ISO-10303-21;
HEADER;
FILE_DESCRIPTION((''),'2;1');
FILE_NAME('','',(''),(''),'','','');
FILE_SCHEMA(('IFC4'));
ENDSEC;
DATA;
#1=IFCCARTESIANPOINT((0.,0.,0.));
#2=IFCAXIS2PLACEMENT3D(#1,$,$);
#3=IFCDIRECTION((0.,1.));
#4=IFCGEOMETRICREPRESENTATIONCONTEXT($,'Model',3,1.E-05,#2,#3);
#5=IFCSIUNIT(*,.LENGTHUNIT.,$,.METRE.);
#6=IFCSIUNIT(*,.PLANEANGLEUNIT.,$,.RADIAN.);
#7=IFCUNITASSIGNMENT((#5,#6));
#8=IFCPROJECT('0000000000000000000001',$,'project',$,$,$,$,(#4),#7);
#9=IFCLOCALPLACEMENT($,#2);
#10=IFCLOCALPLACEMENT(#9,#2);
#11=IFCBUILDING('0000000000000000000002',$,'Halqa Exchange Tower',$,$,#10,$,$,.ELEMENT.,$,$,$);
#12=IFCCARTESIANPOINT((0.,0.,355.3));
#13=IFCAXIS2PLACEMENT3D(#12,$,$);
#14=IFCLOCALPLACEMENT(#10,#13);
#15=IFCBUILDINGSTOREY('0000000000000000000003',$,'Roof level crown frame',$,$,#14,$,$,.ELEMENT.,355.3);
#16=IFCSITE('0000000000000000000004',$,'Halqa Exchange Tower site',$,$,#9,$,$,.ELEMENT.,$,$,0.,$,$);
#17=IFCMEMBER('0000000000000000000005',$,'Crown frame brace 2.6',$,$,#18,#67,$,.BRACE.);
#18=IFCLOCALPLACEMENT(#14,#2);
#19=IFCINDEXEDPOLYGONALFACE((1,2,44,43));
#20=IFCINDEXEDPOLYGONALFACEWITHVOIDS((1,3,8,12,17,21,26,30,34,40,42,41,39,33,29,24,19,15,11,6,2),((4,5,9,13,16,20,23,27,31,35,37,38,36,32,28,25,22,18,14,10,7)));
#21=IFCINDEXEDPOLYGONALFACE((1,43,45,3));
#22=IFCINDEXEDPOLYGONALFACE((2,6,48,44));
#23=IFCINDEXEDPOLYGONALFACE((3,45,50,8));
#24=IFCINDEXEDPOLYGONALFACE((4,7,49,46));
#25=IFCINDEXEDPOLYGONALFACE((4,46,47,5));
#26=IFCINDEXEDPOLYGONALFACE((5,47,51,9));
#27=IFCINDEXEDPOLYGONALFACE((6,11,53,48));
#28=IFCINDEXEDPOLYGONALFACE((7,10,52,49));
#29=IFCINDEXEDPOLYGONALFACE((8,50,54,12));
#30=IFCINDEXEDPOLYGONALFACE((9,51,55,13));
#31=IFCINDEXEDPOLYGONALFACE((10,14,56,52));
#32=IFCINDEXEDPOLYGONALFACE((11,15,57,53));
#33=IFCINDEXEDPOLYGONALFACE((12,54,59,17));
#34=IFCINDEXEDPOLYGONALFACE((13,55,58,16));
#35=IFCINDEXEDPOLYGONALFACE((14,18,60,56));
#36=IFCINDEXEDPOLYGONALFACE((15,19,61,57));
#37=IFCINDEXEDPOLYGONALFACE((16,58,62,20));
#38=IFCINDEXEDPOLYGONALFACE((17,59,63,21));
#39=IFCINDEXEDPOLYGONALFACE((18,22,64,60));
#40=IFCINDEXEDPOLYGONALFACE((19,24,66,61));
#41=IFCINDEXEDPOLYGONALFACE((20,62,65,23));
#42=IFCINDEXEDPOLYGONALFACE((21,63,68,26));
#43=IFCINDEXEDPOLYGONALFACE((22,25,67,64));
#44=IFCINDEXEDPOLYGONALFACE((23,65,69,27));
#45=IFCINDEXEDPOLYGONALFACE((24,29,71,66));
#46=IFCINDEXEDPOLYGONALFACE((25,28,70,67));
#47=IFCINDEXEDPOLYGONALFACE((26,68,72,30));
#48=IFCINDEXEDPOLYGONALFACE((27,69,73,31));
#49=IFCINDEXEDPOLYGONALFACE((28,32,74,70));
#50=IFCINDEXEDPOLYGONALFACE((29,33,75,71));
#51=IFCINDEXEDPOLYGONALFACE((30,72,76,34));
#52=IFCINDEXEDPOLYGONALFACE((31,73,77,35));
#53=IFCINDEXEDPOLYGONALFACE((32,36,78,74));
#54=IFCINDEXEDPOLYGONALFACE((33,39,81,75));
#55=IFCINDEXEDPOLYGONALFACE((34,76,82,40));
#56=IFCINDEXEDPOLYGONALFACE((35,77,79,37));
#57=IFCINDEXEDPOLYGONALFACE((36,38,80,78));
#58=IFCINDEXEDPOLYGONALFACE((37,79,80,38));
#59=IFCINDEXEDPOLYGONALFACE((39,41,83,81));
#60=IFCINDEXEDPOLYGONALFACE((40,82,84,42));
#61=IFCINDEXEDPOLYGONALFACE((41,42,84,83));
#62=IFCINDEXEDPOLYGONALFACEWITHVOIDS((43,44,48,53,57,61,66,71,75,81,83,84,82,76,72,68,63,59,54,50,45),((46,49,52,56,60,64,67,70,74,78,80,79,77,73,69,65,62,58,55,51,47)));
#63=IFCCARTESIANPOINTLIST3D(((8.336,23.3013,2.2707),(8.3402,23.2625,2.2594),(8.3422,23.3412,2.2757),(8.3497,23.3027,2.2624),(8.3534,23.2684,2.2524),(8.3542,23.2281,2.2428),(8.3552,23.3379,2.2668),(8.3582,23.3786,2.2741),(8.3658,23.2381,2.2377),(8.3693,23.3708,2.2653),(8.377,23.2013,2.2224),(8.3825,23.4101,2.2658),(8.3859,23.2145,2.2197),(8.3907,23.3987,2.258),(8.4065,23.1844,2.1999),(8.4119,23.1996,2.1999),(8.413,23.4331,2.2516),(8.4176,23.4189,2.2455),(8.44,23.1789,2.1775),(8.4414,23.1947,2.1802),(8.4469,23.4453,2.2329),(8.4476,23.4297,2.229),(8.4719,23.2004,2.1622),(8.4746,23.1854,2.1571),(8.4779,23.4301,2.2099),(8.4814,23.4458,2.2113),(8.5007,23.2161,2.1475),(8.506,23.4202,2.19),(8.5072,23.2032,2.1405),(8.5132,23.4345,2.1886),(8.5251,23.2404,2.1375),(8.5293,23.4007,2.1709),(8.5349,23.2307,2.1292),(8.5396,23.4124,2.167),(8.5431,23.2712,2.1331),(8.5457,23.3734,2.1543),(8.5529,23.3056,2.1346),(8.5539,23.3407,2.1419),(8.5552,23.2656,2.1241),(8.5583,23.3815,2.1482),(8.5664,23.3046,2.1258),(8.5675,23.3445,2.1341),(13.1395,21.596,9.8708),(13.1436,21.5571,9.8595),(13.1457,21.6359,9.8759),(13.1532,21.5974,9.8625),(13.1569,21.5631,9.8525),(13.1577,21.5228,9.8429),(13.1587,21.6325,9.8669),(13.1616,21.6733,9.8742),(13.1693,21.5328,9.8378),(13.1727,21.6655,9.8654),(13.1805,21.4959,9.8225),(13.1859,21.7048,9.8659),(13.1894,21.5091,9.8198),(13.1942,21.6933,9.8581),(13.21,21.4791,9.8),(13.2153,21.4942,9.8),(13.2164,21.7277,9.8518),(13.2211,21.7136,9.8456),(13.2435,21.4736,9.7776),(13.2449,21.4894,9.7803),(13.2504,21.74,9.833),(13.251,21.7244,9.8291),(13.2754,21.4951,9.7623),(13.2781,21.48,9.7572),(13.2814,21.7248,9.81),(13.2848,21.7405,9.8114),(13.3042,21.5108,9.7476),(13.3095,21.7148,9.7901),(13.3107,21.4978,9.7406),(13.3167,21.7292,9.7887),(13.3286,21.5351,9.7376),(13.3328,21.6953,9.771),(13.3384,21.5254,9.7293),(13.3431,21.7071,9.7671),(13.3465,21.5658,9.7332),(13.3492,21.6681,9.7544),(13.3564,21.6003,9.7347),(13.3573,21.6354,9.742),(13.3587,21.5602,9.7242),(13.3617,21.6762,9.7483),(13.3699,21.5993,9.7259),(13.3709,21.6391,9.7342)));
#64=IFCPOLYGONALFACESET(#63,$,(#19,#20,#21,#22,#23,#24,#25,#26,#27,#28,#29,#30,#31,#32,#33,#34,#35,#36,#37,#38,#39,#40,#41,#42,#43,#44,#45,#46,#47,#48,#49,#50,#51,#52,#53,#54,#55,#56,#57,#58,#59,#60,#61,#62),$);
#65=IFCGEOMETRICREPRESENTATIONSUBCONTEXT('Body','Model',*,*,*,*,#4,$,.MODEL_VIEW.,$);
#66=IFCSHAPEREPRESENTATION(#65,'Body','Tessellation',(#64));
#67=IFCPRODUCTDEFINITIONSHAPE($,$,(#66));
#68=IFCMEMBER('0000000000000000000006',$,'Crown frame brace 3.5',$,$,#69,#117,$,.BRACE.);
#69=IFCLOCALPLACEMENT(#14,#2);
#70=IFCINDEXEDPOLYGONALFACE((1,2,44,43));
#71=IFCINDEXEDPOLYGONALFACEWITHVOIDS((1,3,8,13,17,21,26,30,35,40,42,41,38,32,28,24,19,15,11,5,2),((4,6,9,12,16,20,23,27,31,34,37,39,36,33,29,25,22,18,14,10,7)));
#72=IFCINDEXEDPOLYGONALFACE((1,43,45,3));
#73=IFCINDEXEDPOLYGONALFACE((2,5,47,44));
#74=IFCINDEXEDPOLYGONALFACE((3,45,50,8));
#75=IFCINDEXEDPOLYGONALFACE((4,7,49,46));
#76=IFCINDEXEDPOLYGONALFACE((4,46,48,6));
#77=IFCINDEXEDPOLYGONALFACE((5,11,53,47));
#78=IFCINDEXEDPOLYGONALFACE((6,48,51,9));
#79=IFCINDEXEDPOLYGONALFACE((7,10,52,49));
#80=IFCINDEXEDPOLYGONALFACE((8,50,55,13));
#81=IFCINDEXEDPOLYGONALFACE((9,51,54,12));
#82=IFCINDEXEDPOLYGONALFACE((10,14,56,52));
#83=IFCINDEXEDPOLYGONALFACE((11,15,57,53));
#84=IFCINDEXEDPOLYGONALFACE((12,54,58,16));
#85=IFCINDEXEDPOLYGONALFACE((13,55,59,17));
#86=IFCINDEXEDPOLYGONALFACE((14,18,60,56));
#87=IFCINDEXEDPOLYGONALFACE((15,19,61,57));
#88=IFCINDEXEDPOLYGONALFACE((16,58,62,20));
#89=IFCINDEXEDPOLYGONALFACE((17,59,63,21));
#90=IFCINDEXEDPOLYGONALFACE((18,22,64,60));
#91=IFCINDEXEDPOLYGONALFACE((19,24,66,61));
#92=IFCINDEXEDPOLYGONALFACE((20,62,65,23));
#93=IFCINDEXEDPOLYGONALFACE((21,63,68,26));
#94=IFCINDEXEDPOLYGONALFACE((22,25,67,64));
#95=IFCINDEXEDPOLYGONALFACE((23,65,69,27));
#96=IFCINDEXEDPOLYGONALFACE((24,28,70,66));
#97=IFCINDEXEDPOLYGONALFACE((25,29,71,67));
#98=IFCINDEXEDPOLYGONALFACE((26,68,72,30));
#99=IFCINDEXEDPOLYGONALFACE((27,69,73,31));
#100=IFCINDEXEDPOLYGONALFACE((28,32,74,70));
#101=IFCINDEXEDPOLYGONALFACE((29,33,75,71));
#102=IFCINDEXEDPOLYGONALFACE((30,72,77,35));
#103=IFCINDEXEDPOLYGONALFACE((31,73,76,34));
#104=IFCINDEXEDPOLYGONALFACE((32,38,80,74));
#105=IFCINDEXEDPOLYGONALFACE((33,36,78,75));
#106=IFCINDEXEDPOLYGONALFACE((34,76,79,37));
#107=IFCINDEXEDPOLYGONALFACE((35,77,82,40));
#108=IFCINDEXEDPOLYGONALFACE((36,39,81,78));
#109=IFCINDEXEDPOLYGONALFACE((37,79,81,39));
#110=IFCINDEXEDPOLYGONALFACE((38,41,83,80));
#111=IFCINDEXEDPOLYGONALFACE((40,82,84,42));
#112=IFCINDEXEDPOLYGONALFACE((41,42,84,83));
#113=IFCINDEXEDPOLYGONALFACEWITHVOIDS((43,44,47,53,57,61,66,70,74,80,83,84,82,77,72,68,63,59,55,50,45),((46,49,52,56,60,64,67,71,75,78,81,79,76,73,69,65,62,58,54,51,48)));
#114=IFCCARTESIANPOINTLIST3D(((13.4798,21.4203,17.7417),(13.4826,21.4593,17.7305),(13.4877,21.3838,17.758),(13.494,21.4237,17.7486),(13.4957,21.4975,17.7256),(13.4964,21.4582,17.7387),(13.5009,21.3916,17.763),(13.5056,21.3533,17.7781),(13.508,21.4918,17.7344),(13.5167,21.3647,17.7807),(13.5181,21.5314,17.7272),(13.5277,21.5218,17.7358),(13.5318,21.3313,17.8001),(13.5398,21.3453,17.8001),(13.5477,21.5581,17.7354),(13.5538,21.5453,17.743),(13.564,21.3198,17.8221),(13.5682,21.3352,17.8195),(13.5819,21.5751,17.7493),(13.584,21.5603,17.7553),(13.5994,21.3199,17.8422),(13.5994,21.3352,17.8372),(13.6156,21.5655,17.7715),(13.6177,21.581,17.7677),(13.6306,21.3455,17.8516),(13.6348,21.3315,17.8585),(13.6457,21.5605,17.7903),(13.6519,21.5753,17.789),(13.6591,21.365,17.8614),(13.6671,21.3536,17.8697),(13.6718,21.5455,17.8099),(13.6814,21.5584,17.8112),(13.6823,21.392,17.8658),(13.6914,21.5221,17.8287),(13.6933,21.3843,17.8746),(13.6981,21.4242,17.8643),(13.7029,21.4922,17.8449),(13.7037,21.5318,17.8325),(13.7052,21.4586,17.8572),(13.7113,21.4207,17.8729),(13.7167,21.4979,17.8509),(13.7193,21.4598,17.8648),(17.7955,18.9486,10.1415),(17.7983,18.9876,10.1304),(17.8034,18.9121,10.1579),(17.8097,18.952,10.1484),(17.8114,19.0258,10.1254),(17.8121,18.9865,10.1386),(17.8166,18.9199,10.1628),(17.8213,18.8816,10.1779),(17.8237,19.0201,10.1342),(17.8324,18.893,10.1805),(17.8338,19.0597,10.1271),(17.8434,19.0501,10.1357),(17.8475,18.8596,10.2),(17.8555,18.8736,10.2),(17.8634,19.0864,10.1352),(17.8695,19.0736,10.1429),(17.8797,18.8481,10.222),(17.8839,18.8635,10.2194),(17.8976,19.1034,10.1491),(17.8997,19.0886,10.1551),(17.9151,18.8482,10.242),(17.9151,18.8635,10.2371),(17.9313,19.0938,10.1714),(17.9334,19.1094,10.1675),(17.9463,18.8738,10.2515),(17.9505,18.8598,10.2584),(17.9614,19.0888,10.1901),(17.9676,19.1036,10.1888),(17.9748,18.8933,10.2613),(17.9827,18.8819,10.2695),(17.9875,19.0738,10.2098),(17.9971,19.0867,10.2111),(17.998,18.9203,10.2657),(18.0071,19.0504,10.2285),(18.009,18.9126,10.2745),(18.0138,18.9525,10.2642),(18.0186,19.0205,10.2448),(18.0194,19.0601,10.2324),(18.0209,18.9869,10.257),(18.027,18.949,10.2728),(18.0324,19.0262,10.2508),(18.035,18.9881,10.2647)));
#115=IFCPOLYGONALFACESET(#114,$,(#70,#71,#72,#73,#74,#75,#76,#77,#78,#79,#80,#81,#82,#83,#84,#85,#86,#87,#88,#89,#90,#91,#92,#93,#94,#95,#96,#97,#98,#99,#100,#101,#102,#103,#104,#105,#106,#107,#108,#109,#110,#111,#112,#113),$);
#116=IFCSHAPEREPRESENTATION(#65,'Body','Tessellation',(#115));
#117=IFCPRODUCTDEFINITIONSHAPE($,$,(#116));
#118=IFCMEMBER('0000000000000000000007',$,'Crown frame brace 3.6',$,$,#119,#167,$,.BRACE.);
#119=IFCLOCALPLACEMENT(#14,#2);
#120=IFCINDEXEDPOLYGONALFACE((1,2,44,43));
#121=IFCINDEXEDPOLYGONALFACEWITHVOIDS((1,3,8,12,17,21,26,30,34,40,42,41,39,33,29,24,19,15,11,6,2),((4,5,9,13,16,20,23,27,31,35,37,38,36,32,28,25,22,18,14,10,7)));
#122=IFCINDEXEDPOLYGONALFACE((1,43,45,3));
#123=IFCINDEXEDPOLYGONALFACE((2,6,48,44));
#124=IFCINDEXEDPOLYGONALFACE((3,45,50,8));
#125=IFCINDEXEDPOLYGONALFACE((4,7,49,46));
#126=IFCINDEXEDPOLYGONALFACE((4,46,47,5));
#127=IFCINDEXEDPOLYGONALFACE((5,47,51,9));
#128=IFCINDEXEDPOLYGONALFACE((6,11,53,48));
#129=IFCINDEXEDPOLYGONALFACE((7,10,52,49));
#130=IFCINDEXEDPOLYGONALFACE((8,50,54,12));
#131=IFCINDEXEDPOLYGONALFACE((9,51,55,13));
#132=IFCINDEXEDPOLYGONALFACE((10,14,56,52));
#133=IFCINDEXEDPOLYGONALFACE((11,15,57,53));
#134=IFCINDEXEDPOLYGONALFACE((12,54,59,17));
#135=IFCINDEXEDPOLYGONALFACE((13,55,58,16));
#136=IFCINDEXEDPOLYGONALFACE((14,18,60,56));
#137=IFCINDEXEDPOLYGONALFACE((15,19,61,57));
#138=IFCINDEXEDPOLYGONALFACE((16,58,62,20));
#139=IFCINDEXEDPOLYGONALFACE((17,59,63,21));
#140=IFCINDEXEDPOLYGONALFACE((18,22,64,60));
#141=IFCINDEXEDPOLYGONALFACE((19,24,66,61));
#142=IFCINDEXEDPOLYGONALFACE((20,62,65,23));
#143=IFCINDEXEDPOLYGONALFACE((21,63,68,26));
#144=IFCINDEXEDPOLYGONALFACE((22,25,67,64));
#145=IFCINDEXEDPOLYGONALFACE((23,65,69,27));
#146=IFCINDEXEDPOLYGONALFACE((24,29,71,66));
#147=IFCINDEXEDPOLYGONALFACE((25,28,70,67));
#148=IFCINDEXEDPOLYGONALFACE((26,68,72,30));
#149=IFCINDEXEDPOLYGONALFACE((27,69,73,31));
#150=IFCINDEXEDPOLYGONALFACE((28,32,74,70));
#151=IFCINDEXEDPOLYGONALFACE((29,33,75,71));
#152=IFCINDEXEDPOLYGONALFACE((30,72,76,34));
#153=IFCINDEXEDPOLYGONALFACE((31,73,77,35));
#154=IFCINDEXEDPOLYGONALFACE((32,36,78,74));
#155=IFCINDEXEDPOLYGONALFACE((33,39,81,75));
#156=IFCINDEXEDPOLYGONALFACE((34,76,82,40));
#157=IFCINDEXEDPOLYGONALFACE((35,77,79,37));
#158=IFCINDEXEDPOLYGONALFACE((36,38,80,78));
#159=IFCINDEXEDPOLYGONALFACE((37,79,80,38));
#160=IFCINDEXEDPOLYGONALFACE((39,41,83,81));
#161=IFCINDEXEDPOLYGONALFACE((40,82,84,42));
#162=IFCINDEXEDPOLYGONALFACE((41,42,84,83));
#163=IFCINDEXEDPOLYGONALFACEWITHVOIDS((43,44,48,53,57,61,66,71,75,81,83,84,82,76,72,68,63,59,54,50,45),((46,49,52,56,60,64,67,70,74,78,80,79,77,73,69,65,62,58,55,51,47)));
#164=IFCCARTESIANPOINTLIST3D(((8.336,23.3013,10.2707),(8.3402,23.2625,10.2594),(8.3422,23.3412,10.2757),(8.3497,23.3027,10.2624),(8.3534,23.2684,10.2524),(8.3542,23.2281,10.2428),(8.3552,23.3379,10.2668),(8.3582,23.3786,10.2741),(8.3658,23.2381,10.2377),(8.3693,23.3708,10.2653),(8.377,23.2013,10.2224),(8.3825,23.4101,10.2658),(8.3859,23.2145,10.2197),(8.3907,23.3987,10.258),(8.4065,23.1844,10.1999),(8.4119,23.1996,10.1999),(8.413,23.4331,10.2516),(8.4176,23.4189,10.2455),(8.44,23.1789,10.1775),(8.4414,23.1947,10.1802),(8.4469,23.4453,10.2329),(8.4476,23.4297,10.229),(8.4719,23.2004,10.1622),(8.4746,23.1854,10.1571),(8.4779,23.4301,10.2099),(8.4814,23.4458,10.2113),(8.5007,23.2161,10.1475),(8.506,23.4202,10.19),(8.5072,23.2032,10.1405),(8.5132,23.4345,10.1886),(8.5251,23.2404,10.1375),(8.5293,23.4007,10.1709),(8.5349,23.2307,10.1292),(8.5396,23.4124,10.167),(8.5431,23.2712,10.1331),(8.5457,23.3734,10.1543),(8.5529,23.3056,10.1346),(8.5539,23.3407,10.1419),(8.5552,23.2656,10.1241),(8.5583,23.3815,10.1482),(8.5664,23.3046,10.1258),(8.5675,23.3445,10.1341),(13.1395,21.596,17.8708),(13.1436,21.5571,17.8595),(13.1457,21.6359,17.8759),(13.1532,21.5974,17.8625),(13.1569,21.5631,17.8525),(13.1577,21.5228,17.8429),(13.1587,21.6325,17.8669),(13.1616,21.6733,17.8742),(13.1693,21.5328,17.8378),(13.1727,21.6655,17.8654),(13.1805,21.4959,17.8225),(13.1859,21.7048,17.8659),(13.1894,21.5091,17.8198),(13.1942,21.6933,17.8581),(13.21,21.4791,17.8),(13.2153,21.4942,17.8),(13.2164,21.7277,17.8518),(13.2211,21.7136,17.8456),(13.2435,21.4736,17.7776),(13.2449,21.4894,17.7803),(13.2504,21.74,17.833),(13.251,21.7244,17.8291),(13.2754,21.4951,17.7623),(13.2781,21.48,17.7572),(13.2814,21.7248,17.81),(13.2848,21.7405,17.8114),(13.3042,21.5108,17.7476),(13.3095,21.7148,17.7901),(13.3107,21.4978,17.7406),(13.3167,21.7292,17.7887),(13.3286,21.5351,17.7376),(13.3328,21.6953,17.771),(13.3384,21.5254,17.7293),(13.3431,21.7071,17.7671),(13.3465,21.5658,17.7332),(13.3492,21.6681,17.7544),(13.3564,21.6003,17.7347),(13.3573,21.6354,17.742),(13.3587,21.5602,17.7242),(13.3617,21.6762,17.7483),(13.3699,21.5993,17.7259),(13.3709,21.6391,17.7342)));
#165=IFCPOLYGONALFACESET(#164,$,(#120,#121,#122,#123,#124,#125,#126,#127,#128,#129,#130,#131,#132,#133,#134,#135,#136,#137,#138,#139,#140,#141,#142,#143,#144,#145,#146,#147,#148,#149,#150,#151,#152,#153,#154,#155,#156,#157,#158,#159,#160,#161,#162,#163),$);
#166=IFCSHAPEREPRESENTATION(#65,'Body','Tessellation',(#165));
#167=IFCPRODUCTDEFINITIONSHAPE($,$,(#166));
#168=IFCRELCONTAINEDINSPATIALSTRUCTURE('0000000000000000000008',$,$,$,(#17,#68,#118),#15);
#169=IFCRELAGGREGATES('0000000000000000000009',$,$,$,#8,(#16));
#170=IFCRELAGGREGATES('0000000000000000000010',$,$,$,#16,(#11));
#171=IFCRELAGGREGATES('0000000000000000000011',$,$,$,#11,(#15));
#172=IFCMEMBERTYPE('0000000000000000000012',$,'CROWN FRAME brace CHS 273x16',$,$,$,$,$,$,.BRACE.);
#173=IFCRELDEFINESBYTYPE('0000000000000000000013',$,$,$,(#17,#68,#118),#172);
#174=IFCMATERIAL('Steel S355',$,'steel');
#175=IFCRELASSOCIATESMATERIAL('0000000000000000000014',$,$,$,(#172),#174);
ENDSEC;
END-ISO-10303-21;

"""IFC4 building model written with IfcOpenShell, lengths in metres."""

from ifc_helpers import new_model, si_unit, direction, frame, origin, origin_2d, place, context, subcontext, project, spatial, hollow_circle, extrude, material, material_profile, profile_set, type_object, element, save


model = new_model("IFC4")

# Units and contexts
model_context = context("Model", 3, precision=1e-05, world=origin(), true_north=direction((0.0, 1.0)))
body_context = subcontext(model_context, "Body", "Model", "MODEL_VIEW")
ifc_project = project(units=[si_unit("LENGTHUNIT", "METRE"), si_unit("PLANEANGLEUNIT", "RADIAN")], contexts=[model_context])

# Site, building, storey
site_placement = place(None, origin())
site = spatial("IfcSite", under=ifc_project, at=site_placement, Name="Halqa Exchange Tower site", CompositionType="ELEMENT", RefElevation=0.0)
building_placement = place(site_placement, origin())
building = spatial("IfcBuilding", under=site, at=building_placement, Name="Halqa Exchange Tower", CompositionType="ELEMENT")
storey_placement = place(building_placement, frame((0.0, 0.0, 355.3)))
storey = spatial("IfcBuildingStorey", under=building, at=storey_placement, Name="Roof level crown frame", CompositionType="ELEMENT", Elevation=355.3)

# Members
ifc_material_1 = material(Name="Steel S355", Category="steel")
ifc_material_profile_1 = material_profile(ifc_material_1, hollow_circle(Radius=0.1365, WallThickness=0.0161, at=origin_2d()), Name="CHS 273x16")
ifc_profile_set_1 = profile_set([ifc_material_profile_1], Name="Steel S355")
member_type = type_object("IfcMemberType", Name="CROWN FRAME brace CHS 273x16", PredefinedType="BRACE", material=ifc_profile_set_1)
member_1_placement = place(storey_placement, frame((13.2556, 21.6077, 9.8), z_axis=(-0.524905, 0.186351, -0.830511), x_axis=(-0.334561, -0.942374, 0.0)))
element("IfcMember", 1, at=member_1_placement, inside=storey, type_object=member_type, Name="Crown frame brace 2.6", PredefinedType="BRACE", context=body_context, shape_type="SweptSolid", body=[
    extrude(hollow_circle(Radius=0.1365, WallThickness=0.0161, at=origin_2d()), origin(), (0.0, 0.0, 1.0), 9.1511),
])
member_2_placement = place(storey_placement, frame((17.9153, 18.978, 10.2), z_axis=(-0.475152, 0.27213, 0.836765), x_axis=(-0.496985, -0.867759, 0.0)))
element("IfcMember", 2, at=member_2_placement, inside=storey, type_object=member_type, Name="Crown frame brace 3.5", PredefinedType="BRACE", context=body_context, shape_type="SweptSolid", body=[
    extrude(hollow_circle(Radius=0.1365, WallThickness=0.0161, at=origin_2d()), origin(), (0.0, 0.0, 1.0), 9.0828),
])
member_3_placement = place(storey_placement, frame((13.2556, 21.6077, 17.8), z_axis=(-0.524905, 0.186351, -0.830511), x_axis=(-0.334561, -0.942374, 0.0)))
element("IfcMember", 3, at=member_3_placement, inside=storey, type_object=member_type, Name="Crown frame brace 3.6", PredefinedType="BRACE", context=body_context, shape_type="SweptSolid", body=[
    extrude(hollow_circle(Radius=0.1365, WallThickness=0.0161, at=origin_2d()), origin(), (0.0, 0.0, 1.0), 9.1511),
])

save(model, "model.ifc")
